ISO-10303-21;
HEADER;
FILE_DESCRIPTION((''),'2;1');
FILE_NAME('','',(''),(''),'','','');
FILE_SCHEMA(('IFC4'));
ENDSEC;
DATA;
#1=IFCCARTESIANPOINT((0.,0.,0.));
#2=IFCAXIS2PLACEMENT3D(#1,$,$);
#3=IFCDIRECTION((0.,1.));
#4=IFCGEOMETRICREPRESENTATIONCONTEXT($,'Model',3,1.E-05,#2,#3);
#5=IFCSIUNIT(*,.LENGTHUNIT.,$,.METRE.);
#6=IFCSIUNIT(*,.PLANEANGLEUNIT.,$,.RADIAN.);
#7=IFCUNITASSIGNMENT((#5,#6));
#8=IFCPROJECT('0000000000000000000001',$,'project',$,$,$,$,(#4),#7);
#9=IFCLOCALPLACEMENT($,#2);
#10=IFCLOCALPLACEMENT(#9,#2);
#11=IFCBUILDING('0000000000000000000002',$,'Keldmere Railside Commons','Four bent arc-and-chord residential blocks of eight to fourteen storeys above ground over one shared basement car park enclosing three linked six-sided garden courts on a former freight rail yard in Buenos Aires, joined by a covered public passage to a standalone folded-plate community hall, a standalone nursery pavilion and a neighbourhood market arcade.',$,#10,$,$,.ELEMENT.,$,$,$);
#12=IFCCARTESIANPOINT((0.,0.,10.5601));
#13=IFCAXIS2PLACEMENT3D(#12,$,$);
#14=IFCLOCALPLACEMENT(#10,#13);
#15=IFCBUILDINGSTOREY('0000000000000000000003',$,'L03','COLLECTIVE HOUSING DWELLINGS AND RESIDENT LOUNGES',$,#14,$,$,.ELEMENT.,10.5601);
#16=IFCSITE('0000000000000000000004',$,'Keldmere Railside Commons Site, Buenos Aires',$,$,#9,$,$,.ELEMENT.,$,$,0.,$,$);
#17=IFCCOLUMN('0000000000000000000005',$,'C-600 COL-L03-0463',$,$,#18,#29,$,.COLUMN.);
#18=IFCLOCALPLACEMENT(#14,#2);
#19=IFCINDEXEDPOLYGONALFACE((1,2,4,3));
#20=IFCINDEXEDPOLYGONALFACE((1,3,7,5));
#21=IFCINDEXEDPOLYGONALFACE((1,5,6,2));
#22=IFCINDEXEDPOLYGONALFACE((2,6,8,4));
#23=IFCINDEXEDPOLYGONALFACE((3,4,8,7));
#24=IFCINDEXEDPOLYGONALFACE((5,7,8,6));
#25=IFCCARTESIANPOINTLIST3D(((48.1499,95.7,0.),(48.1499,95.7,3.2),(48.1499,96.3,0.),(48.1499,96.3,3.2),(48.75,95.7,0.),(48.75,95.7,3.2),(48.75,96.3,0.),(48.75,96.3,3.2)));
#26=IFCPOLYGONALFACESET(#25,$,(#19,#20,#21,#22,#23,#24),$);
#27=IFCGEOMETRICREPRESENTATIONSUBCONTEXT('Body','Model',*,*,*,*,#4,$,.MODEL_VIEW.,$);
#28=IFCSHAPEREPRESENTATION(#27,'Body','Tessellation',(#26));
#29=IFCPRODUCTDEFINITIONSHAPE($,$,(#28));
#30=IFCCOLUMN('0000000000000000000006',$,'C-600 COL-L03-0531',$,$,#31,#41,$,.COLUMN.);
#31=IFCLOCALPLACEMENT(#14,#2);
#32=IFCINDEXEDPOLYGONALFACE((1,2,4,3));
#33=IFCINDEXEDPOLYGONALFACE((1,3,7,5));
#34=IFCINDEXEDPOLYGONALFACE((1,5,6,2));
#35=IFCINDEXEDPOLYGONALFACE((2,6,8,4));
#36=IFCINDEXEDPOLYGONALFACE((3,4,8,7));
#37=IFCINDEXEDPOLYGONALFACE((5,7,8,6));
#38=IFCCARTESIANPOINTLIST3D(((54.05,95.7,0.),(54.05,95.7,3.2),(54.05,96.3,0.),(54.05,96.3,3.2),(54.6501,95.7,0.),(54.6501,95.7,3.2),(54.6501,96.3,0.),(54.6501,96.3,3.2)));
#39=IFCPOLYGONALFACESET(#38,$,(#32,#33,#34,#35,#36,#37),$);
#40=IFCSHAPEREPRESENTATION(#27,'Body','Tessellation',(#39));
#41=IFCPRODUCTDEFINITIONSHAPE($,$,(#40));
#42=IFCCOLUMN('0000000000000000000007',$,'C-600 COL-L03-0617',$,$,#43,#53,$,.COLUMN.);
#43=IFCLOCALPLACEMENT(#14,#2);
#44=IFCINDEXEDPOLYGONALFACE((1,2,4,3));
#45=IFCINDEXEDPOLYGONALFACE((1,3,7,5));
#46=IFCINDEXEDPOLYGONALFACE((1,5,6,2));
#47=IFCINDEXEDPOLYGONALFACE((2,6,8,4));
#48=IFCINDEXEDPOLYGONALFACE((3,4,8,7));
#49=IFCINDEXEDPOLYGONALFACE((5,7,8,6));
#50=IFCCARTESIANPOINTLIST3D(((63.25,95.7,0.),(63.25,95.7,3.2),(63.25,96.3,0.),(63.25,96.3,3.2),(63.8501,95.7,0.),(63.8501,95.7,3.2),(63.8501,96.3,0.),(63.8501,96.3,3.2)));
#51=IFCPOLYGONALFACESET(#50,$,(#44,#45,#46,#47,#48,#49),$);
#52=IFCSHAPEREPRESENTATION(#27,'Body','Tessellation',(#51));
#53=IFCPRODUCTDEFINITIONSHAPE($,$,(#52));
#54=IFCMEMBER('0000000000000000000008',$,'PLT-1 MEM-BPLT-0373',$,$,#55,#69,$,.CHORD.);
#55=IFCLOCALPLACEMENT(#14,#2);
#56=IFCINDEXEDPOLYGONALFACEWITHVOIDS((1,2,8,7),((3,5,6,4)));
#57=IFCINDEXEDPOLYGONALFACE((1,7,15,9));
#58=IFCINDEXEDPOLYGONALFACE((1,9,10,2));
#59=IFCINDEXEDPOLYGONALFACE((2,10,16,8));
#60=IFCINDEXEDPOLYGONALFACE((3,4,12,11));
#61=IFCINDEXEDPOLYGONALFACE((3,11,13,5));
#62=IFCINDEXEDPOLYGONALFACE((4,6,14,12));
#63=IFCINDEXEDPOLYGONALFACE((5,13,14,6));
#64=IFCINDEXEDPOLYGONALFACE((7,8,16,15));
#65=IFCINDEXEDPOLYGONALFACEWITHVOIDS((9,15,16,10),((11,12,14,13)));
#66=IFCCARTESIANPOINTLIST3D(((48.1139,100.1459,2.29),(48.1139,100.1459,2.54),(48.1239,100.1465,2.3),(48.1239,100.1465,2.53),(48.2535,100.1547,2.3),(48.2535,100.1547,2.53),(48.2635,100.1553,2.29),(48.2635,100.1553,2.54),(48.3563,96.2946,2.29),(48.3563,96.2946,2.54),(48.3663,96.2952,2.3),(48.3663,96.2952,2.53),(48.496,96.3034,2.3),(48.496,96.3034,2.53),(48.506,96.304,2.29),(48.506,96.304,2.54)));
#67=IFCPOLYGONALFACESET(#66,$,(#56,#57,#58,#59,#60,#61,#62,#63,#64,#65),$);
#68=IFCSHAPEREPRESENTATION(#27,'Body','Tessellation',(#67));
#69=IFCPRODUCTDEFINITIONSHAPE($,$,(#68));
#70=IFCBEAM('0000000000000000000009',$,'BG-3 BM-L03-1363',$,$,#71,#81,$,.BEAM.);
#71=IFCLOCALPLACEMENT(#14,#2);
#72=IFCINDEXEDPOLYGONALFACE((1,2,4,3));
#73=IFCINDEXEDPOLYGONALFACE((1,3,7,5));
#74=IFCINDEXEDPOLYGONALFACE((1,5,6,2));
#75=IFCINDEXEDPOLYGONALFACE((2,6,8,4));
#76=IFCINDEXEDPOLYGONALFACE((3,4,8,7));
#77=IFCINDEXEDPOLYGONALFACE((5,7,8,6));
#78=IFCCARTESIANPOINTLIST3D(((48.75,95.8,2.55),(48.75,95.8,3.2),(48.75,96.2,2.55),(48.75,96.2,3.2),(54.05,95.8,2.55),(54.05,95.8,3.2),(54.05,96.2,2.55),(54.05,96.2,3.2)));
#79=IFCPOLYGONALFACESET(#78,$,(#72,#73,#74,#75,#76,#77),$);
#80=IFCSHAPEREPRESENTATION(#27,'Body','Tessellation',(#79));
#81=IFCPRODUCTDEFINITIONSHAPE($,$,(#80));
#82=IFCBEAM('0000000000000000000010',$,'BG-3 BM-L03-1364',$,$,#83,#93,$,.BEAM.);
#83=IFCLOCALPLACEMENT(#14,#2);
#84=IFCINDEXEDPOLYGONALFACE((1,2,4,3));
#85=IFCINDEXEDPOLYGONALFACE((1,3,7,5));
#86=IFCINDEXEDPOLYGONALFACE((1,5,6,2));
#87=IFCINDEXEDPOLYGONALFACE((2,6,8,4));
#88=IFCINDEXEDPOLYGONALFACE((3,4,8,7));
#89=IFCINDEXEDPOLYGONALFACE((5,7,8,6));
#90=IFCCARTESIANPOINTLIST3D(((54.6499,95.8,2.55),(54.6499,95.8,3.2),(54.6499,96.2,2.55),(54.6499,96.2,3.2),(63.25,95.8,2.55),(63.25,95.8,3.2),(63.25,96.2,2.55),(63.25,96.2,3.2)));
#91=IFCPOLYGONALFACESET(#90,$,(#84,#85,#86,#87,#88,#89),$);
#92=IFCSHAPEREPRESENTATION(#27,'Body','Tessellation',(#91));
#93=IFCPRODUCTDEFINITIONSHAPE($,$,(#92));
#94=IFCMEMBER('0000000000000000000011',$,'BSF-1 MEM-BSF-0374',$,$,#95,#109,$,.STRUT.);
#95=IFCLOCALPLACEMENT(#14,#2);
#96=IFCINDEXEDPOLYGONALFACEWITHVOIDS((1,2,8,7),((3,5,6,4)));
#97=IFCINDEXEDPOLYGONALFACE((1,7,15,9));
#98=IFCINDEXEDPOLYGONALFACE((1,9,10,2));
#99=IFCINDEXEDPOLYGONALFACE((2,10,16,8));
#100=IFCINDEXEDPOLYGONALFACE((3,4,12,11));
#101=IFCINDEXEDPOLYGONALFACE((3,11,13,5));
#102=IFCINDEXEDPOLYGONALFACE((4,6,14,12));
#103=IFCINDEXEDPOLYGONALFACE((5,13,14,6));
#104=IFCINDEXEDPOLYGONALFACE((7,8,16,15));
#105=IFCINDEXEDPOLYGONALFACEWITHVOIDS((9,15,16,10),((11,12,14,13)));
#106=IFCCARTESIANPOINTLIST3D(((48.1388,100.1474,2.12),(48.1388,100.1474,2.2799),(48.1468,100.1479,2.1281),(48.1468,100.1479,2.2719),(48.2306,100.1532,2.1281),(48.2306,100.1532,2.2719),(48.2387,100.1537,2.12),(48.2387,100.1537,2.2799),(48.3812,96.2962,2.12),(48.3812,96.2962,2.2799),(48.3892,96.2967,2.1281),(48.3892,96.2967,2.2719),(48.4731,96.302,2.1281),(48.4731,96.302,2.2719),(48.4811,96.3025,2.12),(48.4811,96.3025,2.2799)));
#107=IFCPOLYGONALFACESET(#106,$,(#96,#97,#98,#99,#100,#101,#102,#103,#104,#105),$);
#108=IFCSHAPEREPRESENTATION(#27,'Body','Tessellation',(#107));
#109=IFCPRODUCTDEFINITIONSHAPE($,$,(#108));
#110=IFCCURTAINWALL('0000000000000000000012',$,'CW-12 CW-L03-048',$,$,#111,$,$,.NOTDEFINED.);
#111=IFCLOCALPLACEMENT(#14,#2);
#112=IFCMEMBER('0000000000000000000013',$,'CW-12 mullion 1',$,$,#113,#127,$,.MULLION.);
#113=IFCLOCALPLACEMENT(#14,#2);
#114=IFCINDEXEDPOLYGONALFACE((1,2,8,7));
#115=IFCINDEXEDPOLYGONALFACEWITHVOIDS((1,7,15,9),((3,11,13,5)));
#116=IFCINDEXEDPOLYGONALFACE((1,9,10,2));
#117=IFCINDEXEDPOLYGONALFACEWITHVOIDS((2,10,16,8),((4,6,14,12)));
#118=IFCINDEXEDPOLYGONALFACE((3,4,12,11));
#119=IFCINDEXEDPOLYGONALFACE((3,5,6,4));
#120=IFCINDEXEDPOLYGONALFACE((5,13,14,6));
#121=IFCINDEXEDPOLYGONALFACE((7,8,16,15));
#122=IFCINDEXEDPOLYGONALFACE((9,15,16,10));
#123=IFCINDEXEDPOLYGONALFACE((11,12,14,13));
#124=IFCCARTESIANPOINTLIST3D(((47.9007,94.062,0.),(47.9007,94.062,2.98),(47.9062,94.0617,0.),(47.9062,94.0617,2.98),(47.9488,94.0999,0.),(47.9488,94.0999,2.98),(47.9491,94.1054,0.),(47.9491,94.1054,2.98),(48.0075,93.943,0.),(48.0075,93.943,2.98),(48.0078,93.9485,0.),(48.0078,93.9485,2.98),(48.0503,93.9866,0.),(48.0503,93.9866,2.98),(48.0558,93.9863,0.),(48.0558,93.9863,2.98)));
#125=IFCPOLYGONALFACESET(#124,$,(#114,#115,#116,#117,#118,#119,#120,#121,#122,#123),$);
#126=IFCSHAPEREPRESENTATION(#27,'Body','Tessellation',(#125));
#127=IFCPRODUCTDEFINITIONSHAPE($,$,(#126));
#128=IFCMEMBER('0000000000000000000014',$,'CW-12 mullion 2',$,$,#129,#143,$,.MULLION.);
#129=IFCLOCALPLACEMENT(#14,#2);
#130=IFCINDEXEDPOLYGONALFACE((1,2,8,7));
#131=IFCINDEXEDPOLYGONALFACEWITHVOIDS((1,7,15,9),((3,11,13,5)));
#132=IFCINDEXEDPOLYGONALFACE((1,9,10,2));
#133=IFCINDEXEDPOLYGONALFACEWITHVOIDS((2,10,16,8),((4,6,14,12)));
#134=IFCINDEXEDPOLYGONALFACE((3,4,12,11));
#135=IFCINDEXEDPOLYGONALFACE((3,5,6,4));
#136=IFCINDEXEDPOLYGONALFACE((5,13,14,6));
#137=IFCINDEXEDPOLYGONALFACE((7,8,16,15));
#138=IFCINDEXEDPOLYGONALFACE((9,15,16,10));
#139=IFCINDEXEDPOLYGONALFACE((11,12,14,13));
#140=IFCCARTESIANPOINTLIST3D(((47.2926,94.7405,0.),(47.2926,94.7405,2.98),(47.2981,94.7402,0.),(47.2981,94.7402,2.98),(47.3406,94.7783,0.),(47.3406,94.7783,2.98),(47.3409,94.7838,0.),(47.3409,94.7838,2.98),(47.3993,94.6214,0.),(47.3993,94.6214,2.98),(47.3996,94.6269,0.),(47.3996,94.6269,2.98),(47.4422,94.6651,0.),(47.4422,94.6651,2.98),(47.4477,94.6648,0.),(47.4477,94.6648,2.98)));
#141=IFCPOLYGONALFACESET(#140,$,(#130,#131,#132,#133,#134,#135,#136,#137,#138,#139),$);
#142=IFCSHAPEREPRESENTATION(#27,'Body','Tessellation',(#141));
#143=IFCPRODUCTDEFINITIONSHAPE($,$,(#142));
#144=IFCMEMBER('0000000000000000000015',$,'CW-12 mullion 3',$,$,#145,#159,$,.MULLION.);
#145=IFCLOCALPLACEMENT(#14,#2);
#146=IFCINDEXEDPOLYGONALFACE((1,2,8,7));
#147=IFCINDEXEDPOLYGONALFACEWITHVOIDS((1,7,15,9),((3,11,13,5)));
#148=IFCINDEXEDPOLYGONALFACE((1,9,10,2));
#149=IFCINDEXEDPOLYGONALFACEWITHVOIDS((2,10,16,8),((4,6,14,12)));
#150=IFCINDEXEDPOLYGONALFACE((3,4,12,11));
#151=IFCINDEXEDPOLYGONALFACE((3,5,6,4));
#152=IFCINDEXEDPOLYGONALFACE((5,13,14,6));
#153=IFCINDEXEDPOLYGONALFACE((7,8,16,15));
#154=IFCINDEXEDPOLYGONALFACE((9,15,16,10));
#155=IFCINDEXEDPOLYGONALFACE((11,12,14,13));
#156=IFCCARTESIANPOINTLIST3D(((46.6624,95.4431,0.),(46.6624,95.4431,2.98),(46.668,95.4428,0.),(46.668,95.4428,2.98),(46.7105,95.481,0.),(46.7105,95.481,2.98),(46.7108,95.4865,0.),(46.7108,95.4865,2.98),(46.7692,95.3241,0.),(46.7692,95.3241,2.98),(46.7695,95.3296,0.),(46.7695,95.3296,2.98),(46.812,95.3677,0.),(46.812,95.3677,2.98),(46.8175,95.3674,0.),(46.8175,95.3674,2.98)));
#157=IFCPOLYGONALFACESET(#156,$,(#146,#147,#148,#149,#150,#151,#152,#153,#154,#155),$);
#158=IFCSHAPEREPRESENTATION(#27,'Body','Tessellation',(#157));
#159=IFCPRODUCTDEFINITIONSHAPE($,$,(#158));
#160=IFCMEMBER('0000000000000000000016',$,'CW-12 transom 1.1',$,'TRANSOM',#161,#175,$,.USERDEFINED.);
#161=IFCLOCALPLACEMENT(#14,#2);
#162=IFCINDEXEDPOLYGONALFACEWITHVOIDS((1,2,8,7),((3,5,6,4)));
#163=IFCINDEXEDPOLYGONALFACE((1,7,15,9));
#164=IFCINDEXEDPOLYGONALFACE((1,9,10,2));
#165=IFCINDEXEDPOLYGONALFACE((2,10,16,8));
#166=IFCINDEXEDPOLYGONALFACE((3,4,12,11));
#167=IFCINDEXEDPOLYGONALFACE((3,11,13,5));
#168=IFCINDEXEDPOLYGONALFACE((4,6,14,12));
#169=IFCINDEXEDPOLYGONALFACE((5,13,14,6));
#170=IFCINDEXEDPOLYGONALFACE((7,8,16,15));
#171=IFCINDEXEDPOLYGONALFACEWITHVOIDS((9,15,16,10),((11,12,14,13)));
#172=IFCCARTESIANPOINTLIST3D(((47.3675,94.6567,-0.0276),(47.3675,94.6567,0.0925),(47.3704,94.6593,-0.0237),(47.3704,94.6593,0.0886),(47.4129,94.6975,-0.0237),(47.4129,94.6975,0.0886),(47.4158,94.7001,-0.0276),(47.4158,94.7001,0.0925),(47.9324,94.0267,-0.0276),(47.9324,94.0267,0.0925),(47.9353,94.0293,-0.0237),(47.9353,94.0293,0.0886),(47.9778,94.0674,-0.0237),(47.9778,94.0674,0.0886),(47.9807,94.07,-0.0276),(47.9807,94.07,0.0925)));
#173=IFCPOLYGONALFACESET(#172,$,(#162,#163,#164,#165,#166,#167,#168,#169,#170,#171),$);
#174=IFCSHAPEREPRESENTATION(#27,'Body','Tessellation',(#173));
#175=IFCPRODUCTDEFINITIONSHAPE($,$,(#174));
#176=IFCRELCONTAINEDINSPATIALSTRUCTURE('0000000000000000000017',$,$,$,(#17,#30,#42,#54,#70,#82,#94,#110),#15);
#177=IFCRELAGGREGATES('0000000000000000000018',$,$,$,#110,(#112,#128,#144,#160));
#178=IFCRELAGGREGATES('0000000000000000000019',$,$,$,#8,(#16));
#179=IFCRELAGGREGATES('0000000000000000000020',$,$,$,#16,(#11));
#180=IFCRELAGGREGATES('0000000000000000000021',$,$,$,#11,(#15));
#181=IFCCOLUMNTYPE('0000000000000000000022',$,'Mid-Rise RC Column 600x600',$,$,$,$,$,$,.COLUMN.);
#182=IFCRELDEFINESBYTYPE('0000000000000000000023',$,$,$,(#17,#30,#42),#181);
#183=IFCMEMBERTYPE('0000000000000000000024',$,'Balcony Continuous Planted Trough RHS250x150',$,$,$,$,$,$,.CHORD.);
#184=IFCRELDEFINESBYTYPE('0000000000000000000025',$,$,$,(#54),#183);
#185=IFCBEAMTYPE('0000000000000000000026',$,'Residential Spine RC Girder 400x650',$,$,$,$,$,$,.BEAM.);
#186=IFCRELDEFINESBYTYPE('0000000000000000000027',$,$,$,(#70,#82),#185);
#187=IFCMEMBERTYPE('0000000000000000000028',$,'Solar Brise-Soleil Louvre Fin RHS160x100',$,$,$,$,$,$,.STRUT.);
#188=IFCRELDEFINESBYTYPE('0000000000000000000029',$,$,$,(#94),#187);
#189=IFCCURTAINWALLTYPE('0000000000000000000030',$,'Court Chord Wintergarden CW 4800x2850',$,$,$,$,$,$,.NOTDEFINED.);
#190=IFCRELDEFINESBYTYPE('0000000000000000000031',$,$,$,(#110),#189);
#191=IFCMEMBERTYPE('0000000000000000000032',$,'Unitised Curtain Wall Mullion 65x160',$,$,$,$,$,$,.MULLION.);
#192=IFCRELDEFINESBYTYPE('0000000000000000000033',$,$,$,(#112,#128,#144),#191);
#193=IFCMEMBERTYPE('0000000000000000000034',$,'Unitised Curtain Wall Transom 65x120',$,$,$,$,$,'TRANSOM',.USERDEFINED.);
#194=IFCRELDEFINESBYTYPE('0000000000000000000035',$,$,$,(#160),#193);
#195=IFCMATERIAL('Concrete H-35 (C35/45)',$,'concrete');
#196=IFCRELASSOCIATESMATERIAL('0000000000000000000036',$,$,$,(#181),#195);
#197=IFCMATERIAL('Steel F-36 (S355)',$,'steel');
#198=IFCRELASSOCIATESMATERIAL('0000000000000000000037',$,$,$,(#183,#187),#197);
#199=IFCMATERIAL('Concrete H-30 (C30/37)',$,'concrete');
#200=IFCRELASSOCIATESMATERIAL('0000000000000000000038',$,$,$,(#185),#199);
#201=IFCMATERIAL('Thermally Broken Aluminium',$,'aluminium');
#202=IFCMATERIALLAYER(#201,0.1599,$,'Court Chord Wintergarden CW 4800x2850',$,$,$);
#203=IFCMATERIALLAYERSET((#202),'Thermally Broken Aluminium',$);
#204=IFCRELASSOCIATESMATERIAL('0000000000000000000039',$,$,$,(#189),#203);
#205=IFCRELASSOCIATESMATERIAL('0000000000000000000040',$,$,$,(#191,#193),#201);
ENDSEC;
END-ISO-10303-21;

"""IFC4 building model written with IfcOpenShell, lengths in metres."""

from ifc_helpers import new_model, si_unit, direction, frame, origin, origin_2d, place, context, subcontext, project, spatial, rectangle, hollow_rectangle, extrude, material, layer, layer_set, material_profile, profile_set, type_object, element, aggregate, save


model = new_model("IFC4")

# Units and contexts
model_context = context("Model", 3, precision=1e-05, world=origin(), true_north=direction((0.0, 1.0)))
body_context = subcontext(model_context, "Body", "Model", "MODEL_VIEW")
ifc_project = project(units=[si_unit("LENGTHUNIT", "METRE"), si_unit("PLANEANGLEUNIT", "RADIAN")], contexts=[model_context])

# Site, building, storey
site_placement = place(None, origin())
site = spatial("IfcSite", under=ifc_project, at=site_placement, Name="Keldmere Railside Commons Site, Buenos Aires", CompositionType="ELEMENT", RefElevation=0.0)
building_placement = place(site_placement, origin())
building = spatial("IfcBuilding", under=site, at=building_placement, Name="Keldmere Railside Commons", Description="Four bent arc-and-chord residential blocks of eight to fourteen storeys above ground over one shared basement car park enclosing three linked six-sided garden courts on a former freight rail yard in Buenos Aires, joined by a covered public passage to a standalone folded-plate community hall, a standalone nursery pavilion and a neighbourhood market arcade.", CompositionType="ELEMENT")
storey_placement = place(building_placement, frame((0.0, 0.0, 10.5601)))
storey = spatial("IfcBuildingStorey", under=building, at=storey_placement, Name="L03", Description="COLLECTIVE HOUSING DWELLINGS AND RESIDENT LOUNGES", CompositionType="ELEMENT", Elevation=10.5601)

# Columns
ifc_material_1 = material(Name="Concrete H-35 (C35/45)", Category="concrete")
ifc_material_profile_1 = material_profile(ifc_material_1, rectangle(XDim=0.6001, YDim=0.6001, at=origin_2d()), Name="RC-600x600")
ifc_profile_set_1 = profile_set([ifc_material_profile_1], Name="Concrete H-35 (C35/45)")
column_type = type_object("IfcColumnType", Name="Mid-Rise RC Column 600x600", PredefinedType="COLUMN", material=ifc_profile_set_1)
for number, where, z_axis, x_axis, name in (
    (1, (48.45, 96.0, 0.0), (0.0, 0.0, 1.0), (1.0, 0.0, 0.0), "C-600 COL-L03-0463"),
    (2, (54.3501, 96.0, 0.0), (0.0, 0.0, 1.0), (1.0, 0.0, 0.0), "C-600 COL-L03-0531"),
    (3, (63.55, 96.0, 0.0), (0.0, 0.0, 1.0), (1.0, 0.0, 0.0), "C-600 COL-L03-0617"),
):
    element("IfcColumn", number, at=place(storey_placement, frame(where, z_axis=z_axis, x_axis=x_axis)), inside=storey, type_object=column_type, Name=name, PredefinedType="COLUMN", context=body_context, shape_type="SweptSolid", body=[
        extrude(rectangle(XDim=0.6001, YDim=0.6001, at=origin_2d()), origin(), (0.0, 0.0, 1.0), 3.2),
    ])

# Member
ifc_material_2 = material(Name="Steel F-36 (S355)", Category="steel")
ifc_material_profile_2 = material_profile(ifc_material_2, hollow_rectangle(XDim=0.1499, YDim=0.25, WallThickness=0.01, at=origin_2d()), Name="RHS-250x150x10")
ifc_profile_set_2 = profile_set([ifc_material_profile_2], Name="Steel F-36 (S355)")
member_type_1 = type_object("IfcMemberType", Name="Balcony Continuous Planted Trough RHS250x150", PredefinedType="CHORD", material=ifc_profile_set_2)
member_1_placement = place(storey_placement, frame((48.4312, 96.2993, 2.415), z_axis=(-0.062823, 0.998025, 0.0), x_axis=(-0.998025, -0.062823, 0.0)))
element("IfcMember", 4, at=member_1_placement, inside=storey, type_object=member_type_1, Name="PLT-1 MEM-BPLT-0373", PredefinedType="CHORD", context=body_context, shape_type="SweptSolid", body=[
    extrude(hollow_rectangle(XDim=0.1499, YDim=0.25, WallThickness=0.01, at=origin_2d()), origin(), (0.0, 0.0, 1.0), 3.8589),
])

# Beams
ifc_material_3 = material(Name="Concrete H-30 (C30/37)", Category="concrete")
ifc_material_profile_3 = material_profile(ifc_material_3, rectangle(XDim=0.3999, YDim=0.6499, at=origin_2d()), Name="RC-400x650")
ifc_profile_set_3 = profile_set([ifc_material_profile_3], Name="Concrete H-30 (C30/37)")
beam_type = type_object("IfcBeamType", Name="Residential Spine RC Girder 400x650", PredefinedType="BEAM", material=ifc_profile_set_3)
beam_1_placement = place(storey_placement, frame((48.75, 96.0, 2.875), z_axis=(1.0, 0.0, 0.0), x_axis=(0.0, 1.0, 0.0)))
element("IfcBeam", 5, at=beam_1_placement, inside=storey, type_object=beam_type, Name="BG-3 BM-L03-1363", PredefinedType="BEAM", context=body_context, shape_type="SweptSolid", body=[
    extrude(rectangle(XDim=0.3999, YDim=0.6499, at=origin_2d()), origin(), (0.0, 0.0, 1.0), 5.3),
])
beam_2_placement = place(storey_placement, frame((54.6499, 96.0, 2.875), z_axis=(1.0, 0.0, 0.0), x_axis=(0.0, 1.0, 0.0)))
element("IfcBeam", 6, at=beam_2_placement, inside=storey, type_object=beam_type, Name="BG-3 BM-L03-1364", PredefinedType="BEAM", context=body_context, shape_type="SweptSolid", body=[
    extrude(rectangle(XDim=0.3999, YDim=0.6499, at=origin_2d()), origin(), (0.0, 0.0, 1.0), 8.6001),
])

# Member
ifc_material_profile_4 = material_profile(ifc_material_2, hollow_rectangle(XDim=0.1001, YDim=0.1599, WallThickness=0.0081, at=origin_2d()), Name="RHS-160x100x8")
ifc_profile_set_4 = profile_set([ifc_material_profile_4], Name="Steel F-36 (S355)")
member_type_2 = type_object("IfcMemberType", Name="Solar Brise-Soleil Louvre Fin RHS160x100", PredefinedType="STRUT", material=ifc_profile_set_4)
member_2_placement = place(storey_placement, frame((48.4312, 96.2993, 2.2), z_axis=(-0.062823, 0.998025, 0.0), x_axis=(-0.998025, -0.062823, 0.0)))
element("IfcMember", 7, at=member_2_placement, inside=storey, type_object=member_type_2, Name="BSF-1 MEM-BSF-0374", PredefinedType="STRUT", context=body_context, shape_type="SweptSolid", body=[
    extrude(hollow_rectangle(XDim=0.1001, YDim=0.1599, WallThickness=0.0081, at=origin_2d()), origin(), (0.0, 0.0, 1.0), 3.8589),
])

# Curtain wall, members
ifc_material_4 = material(Name="Thermally Broken Aluminium", Category="aluminium")
ifc_layer_1 = layer(ifc_material_4, 0.1599, Name="Court Chord Wintergarden CW 4800x2850")
ifc_layer_set_1 = layer_set([ifc_layer_1], Name="Thermally Broken Aluminium")
curtain_wall_type = type_object("IfcCurtainWallType", Name="Court Chord Wintergarden CW 4800x2850", PredefinedType="NOTDEFINED", material=ifc_layer_set_1)
curtain_wall_placement = place(storey_placement, origin())
curtain_wall = element("IfcCurtainWall", 8, at=curtain_wall_placement, inside=storey, type_object=curtain_wall_type, Name="CW-12 CW-L03-048", PredefinedType="NOTDEFINED")
ifc_material_profile_5 = material_profile(ifc_material_4, hollow_rectangle(XDim=0.0649, YDim=0.1599, WallThickness=0.0039, at=origin_2d()), Name="ALU-MULL-65x160")
ifc_profile_set_5 = profile_set([ifc_material_profile_5], Name="Thermally Broken Aluminium")
member_type_3 = type_object("IfcMemberType", Name="Unitised Curtain Wall Mullion 65x160", PredefinedType="MULLION", material=ifc_profile_set_5)
member_3_placement = place(storey_placement, frame((47.9783, 94.0242, 0.0), z_axis=(0.0, 0.0, 1.0), x_axis=(-0.744557, -0.667559, 0.0)))
member_3 = element("IfcMember", 9, at=member_3_placement, type_object=member_type_3, Name="CW-12 mullion 1", PredefinedType="MULLION", context=body_context, shape_type="SweptSolid", body=[
    extrude(hollow_rectangle(XDim=0.0649, YDim=0.1599, WallThickness=0.0039, at=origin_2d()), origin(), (0.0, 0.0, 1.0), 2.98),
])
member_4_placement = place(storey_placement, frame((47.3701, 94.7026, 0.0), z_axis=(0.0, 0.0, 1.0), x_axis=(-0.744557, -0.667559, 0.0)))
member_4 = element("IfcMember", 10, at=member_4_placement, type_object=member_type_3, Name="CW-12 mullion 2", PredefinedType="MULLION", context=body_context, shape_type="SweptSolid", body=[
    extrude(hollow_rectangle(XDim=0.0649, YDim=0.1599, WallThickness=0.0039, at=origin_2d()), origin(), (0.0, 0.0, 1.0), 2.98),
])
member_5_placement = place(storey_placement, frame((46.74, 95.4053, 0.0), z_axis=(0.0, 0.0, 1.0), x_axis=(-0.744557, -0.667559, 0.0)))
member_5 = element("IfcMember", 11, at=member_5_placement, type_object=member_type_3, Name="CW-12 mullion 3", PredefinedType="MULLION", context=body_context, shape_type="SweptSolid", body=[
    extrude(hollow_rectangle(XDim=0.0649, YDim=0.1599, WallThickness=0.0039, at=origin_2d()), origin(), (0.0, 0.0, 1.0), 2.98),
])
ifc_material_profile_6 = material_profile(ifc_material_4, hollow_rectangle(XDim=0.0649, YDim=0.1201, WallThickness=0.0039, at=origin_2d()), Name="ALU-TRAN-65x120")
ifc_profile_set_6 = profile_set([ifc_material_profile_6], Name="Thermally Broken Aluminium")
member_type_4 = type_object("IfcMemberType", Name="Unitised Curtain Wall Transom 65x120", ElementType="TRANSOM", PredefinedType="USERDEFINED", material=ifc_profile_set_6)
member_6_placement = place(storey_placement, frame((47.9565, 94.0483, 0.0325), z_axis=(-0.667545, 0.744569, 0.0), x_axis=(-0.744569, -0.667545, 0.0)))
member_6 = element("IfcMember", 12, at=member_6_placement, type_object=member_type_4, Name="CW-12 transom 1.1", ObjectType="TRANSOM", PredefinedType="USERDEFINED", context=body_context, shape_type="SweptSolid", body=[
    extrude(hollow_rectangle(XDim=0.0649, YDim=0.1201, WallThickness=0.0039, at=origin_2d()), origin(), (0.0, 0.0, 1.0), 0.8462),
])
aggregate(curtain_wall, [member_3, member_4, member_5, member_6])

save(model, "model.ifc")
